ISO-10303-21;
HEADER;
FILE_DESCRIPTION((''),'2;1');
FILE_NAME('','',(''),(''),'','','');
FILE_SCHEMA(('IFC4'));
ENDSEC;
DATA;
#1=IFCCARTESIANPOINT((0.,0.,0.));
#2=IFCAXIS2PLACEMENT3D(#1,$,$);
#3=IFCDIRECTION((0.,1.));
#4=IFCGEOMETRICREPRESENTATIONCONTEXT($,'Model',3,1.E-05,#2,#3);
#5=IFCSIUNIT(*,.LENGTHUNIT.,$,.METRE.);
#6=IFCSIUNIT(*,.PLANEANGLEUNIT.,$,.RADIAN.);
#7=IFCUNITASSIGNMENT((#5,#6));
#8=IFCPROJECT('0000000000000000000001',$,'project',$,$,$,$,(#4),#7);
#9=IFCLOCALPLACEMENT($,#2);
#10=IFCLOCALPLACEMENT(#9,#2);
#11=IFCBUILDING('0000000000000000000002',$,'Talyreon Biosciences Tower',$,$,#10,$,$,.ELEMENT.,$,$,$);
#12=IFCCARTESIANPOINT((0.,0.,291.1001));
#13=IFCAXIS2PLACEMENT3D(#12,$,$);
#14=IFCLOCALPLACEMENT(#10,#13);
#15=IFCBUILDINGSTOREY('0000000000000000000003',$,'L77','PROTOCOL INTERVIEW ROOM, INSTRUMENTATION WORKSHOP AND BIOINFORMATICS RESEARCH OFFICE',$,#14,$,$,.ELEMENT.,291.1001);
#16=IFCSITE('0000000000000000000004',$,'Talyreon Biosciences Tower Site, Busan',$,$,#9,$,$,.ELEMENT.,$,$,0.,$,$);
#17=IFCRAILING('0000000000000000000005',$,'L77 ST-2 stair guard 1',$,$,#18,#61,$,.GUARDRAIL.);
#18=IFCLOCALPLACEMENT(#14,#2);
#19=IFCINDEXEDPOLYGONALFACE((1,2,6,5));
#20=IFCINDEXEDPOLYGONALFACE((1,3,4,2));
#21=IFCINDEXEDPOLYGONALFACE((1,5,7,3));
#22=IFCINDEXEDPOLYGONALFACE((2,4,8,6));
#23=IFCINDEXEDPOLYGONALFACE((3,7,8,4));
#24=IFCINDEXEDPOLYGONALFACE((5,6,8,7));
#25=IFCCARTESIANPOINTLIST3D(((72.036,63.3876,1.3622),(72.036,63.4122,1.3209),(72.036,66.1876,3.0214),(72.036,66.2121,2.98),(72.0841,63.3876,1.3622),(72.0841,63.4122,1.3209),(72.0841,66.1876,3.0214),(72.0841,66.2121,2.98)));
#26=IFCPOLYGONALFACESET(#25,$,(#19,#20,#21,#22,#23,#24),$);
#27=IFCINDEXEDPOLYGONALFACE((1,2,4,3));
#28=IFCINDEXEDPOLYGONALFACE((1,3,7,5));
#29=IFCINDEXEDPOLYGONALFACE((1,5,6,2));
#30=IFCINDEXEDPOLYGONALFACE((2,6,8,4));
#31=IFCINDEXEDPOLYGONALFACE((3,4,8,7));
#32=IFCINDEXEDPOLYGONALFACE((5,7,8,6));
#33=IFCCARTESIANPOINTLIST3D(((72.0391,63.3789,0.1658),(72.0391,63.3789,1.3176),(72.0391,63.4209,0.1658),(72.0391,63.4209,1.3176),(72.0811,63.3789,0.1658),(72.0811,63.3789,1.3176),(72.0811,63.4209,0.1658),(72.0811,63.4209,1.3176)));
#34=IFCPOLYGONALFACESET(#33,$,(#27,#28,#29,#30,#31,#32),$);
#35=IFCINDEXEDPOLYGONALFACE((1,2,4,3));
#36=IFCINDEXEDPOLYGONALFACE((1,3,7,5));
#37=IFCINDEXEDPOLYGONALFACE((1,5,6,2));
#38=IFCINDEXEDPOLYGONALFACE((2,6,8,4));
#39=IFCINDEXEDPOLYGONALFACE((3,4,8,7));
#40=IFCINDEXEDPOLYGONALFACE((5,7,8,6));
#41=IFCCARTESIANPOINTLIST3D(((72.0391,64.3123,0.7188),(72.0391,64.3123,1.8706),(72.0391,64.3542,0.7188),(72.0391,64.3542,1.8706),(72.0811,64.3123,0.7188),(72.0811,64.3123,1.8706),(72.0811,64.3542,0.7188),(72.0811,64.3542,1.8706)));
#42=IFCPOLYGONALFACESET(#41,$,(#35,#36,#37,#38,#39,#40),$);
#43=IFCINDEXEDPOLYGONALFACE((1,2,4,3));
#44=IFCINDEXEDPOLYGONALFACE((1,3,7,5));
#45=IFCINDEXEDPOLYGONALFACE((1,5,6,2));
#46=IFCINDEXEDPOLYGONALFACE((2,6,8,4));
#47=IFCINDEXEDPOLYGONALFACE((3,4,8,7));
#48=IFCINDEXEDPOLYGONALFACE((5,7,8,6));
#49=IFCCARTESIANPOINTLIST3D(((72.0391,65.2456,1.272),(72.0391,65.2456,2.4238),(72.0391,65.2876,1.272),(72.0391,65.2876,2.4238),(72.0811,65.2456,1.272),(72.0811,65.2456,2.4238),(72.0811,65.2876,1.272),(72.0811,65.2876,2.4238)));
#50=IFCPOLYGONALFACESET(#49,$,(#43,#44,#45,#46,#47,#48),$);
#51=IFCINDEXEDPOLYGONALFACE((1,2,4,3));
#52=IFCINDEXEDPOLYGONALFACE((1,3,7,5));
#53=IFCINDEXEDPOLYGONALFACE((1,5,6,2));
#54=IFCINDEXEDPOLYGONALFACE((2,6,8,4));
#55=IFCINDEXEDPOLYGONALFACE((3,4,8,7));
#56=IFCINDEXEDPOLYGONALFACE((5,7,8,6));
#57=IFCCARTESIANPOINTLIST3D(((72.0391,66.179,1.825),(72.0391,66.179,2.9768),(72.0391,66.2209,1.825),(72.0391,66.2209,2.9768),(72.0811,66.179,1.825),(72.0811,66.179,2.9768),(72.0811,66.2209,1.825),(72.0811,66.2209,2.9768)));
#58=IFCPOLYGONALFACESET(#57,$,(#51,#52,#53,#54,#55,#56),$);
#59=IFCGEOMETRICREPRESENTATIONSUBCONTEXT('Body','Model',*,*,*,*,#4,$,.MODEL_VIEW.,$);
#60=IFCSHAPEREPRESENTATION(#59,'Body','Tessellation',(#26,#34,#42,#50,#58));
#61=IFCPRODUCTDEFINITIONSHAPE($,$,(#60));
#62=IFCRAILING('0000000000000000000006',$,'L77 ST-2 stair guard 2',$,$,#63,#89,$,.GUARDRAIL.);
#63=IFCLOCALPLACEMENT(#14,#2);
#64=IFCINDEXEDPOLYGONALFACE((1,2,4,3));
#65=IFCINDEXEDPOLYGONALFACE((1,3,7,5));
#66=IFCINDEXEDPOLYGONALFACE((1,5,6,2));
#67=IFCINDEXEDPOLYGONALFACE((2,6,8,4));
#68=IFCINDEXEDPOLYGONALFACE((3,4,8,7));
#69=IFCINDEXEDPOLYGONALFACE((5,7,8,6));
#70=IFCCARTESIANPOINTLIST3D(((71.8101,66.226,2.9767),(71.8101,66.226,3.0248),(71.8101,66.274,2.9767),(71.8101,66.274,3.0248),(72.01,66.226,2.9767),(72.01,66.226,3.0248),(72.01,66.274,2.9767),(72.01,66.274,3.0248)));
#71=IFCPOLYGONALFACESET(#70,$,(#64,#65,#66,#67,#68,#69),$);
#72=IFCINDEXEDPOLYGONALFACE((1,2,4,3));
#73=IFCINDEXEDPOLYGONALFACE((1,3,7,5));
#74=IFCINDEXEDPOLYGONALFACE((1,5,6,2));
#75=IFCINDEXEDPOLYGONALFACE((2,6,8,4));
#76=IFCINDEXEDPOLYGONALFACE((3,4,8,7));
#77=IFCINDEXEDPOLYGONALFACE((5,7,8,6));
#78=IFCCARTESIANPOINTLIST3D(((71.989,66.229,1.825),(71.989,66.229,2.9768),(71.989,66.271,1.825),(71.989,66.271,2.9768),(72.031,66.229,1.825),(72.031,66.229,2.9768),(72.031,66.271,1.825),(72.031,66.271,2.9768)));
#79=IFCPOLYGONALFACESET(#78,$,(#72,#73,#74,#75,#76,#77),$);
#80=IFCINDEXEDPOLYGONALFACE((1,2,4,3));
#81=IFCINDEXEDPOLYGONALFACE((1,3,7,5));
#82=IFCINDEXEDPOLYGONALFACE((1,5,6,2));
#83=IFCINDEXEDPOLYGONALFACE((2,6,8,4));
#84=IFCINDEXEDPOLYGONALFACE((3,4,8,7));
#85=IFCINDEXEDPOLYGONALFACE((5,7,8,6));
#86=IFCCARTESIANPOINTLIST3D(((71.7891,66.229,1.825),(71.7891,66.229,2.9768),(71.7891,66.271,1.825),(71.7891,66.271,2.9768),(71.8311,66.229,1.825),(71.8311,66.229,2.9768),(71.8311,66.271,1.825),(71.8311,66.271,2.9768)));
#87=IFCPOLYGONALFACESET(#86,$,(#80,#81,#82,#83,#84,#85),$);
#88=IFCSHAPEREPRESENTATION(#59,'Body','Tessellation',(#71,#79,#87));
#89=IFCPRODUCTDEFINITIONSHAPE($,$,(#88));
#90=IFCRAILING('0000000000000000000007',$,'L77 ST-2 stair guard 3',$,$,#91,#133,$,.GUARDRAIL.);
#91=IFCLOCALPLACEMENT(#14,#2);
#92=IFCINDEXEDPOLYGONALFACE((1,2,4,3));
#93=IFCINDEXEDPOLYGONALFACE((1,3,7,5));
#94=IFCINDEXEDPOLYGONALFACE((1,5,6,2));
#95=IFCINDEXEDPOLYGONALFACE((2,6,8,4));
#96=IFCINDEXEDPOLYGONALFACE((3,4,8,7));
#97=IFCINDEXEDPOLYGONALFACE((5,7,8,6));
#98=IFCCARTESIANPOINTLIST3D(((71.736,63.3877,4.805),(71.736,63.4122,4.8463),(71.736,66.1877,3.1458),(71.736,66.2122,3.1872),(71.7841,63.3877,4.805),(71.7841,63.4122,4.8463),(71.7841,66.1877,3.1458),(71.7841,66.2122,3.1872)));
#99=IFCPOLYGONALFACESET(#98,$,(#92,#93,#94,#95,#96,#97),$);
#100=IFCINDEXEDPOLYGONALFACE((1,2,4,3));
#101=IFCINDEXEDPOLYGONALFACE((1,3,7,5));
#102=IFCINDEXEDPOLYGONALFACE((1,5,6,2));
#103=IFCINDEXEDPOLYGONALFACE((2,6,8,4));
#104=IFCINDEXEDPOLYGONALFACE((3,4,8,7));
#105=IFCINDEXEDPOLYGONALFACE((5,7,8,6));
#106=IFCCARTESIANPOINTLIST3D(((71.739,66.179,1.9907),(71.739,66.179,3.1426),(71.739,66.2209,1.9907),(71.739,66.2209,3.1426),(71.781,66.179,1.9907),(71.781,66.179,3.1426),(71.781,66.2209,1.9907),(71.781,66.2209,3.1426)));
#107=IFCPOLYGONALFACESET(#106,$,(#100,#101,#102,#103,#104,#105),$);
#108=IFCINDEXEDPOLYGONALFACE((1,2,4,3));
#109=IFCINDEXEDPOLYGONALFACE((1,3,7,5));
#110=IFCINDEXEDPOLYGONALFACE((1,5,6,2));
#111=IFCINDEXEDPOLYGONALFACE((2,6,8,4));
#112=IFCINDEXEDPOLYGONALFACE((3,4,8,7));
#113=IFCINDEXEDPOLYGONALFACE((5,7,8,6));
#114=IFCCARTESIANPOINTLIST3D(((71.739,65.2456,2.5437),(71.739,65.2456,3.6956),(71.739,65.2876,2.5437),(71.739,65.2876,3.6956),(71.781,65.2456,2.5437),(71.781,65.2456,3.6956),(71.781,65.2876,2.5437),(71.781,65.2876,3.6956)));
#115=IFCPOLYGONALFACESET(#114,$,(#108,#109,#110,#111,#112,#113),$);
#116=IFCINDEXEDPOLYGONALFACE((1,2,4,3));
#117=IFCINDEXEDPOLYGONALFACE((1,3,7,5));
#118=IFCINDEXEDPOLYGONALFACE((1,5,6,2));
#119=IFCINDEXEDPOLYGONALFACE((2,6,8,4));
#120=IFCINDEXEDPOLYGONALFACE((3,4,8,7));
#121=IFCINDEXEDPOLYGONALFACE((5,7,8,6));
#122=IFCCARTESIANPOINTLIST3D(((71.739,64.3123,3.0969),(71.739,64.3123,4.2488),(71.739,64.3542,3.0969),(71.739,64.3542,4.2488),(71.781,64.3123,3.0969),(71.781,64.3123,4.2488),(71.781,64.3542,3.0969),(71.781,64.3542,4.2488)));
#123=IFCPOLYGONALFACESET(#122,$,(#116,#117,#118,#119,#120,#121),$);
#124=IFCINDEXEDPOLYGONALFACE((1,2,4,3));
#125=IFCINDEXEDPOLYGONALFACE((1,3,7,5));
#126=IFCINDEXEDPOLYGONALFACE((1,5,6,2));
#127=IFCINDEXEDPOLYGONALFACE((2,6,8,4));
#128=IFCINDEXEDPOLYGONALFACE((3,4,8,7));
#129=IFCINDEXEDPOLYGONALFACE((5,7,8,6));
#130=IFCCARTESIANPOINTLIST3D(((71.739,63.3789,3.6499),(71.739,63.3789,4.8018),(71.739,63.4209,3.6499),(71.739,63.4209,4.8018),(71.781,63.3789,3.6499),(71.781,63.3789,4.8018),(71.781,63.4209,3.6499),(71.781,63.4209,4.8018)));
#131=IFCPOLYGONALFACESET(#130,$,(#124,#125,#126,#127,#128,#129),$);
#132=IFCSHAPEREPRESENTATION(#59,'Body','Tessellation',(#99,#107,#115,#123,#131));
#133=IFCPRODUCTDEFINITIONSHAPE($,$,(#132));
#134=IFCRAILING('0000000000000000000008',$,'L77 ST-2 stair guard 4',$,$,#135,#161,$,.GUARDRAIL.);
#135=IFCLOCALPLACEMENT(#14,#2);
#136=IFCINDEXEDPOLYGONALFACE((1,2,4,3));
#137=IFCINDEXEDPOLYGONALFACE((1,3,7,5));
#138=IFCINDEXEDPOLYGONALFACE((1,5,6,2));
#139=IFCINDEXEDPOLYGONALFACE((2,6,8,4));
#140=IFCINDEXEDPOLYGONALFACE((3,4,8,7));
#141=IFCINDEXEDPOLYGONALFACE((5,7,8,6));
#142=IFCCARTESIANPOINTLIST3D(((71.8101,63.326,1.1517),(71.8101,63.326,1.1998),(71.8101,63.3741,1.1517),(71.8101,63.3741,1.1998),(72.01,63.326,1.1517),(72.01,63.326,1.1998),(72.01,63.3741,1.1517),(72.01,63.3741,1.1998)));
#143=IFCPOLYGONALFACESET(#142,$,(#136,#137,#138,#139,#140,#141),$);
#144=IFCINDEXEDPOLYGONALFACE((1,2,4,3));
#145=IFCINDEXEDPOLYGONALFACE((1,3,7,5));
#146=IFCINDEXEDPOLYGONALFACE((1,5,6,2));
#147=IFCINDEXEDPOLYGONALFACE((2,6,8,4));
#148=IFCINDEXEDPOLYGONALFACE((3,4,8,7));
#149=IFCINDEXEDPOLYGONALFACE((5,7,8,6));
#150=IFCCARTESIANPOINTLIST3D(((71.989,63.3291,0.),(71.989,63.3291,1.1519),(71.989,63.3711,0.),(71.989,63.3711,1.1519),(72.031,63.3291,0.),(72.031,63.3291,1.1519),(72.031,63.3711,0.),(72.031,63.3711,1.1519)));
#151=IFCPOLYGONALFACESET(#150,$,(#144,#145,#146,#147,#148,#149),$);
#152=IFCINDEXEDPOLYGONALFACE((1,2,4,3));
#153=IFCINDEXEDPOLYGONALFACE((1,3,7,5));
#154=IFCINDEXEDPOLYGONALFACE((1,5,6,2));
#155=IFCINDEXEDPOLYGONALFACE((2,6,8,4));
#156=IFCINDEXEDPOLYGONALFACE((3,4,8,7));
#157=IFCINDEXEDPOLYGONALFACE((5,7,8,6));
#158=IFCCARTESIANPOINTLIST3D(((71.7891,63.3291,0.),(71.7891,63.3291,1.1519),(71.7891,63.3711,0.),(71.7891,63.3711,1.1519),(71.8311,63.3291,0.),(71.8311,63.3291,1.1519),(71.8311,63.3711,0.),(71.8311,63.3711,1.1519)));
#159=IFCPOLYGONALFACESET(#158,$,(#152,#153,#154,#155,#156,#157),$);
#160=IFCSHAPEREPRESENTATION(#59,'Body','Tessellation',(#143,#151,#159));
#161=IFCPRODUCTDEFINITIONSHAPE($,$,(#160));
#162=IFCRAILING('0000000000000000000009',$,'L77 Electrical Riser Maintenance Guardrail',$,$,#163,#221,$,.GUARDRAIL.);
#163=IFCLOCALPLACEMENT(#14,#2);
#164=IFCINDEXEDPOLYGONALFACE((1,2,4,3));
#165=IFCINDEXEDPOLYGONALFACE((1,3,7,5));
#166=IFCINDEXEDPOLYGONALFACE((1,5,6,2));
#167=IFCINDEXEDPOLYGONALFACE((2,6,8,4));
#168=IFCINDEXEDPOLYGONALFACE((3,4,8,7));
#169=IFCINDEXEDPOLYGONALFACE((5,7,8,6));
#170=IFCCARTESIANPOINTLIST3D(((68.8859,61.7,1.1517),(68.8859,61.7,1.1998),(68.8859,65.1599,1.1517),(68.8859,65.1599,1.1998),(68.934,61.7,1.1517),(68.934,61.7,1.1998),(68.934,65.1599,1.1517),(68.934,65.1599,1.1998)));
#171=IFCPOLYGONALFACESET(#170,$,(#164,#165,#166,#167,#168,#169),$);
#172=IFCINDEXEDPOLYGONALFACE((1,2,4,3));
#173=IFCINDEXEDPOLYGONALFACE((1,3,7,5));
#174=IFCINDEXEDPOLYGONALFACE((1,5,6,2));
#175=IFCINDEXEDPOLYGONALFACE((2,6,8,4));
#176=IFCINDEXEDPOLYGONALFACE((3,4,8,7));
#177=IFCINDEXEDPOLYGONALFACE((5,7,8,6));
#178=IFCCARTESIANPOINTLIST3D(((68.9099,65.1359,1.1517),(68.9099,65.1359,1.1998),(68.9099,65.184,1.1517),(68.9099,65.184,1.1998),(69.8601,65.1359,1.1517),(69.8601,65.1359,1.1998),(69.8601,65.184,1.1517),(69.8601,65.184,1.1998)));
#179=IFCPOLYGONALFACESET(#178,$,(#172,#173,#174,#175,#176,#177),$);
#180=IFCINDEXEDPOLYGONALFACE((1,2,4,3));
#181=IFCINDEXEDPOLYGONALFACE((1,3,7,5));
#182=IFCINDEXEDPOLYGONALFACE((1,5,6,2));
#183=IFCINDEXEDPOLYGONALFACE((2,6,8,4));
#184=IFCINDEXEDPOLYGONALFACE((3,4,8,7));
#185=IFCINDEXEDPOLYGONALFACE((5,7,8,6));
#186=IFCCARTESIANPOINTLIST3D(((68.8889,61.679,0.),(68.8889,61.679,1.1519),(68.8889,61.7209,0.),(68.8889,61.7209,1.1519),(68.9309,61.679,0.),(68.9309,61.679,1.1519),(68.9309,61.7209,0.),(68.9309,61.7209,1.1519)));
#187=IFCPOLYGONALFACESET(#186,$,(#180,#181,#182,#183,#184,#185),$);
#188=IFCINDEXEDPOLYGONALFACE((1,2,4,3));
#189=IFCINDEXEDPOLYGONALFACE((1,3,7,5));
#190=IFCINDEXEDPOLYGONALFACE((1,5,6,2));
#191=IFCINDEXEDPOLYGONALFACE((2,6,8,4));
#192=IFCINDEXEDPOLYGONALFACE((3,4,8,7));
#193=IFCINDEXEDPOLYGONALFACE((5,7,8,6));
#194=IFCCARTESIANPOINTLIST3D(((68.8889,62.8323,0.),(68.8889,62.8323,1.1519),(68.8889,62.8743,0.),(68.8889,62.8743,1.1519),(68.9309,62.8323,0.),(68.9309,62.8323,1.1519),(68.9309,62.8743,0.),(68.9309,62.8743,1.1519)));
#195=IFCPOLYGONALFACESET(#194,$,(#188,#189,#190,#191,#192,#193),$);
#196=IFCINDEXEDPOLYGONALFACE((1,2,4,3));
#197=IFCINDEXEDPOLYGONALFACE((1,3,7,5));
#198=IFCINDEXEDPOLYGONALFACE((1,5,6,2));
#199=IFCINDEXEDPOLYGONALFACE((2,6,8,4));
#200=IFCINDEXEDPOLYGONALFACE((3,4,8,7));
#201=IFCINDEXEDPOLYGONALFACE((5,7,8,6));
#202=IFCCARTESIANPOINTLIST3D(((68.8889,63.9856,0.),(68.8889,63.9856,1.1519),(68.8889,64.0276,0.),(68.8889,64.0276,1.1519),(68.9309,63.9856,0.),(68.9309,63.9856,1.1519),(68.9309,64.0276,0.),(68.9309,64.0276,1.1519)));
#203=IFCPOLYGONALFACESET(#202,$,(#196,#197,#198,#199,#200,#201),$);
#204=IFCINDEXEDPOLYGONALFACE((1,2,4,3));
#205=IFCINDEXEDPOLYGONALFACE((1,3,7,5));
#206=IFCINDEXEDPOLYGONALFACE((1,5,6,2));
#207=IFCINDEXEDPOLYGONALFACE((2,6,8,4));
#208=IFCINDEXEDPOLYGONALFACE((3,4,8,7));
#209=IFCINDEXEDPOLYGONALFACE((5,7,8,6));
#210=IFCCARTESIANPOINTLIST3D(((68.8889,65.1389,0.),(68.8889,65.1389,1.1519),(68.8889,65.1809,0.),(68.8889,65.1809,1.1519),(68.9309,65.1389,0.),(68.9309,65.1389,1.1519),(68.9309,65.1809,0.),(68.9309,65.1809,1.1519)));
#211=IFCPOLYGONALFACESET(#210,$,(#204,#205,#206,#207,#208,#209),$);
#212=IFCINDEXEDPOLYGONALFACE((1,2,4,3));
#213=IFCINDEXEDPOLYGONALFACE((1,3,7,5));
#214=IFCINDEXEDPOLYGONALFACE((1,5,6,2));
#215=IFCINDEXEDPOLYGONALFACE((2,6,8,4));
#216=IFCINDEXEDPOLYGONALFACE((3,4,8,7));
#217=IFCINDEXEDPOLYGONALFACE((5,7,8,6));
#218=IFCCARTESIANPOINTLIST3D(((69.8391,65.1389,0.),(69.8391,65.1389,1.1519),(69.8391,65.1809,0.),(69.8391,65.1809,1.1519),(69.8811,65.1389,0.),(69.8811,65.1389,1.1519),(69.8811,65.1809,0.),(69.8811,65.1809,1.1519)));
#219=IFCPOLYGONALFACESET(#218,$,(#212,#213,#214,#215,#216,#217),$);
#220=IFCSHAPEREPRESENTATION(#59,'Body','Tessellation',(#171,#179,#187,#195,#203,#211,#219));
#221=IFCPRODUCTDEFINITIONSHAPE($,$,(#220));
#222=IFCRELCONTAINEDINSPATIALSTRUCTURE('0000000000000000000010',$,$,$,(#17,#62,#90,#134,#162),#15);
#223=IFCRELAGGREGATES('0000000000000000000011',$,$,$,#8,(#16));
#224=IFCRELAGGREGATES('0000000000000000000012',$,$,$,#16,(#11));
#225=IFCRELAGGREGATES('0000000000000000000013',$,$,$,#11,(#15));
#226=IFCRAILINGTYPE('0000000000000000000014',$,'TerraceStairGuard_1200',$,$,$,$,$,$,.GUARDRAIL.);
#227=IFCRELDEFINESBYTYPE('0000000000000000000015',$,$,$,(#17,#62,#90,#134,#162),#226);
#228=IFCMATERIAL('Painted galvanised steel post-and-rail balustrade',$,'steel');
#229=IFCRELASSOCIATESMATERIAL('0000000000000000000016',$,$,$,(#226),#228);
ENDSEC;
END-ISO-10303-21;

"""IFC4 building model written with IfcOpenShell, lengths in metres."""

from ifc_helpers import new_model, si_unit, direction, frame, origin, origin_2d, place, context, subcontext, project, spatial, rectangle, extrude, material, type_object, element, save


model = new_model("IFC4")

# Units and contexts
model_context = context("Model", 3, precision=1e-05, world=origin(), true_north=direction((0.0, 1.0)))
body_context = subcontext(model_context, "Body", "Model", "MODEL_VIEW")
ifc_project = project(units=[si_unit("LENGTHUNIT", "METRE"), si_unit("PLANEANGLEUNIT", "RADIAN")], contexts=[model_context])

# Site, building, storey
site_placement = place(None, origin())
site = spatial("IfcSite", under=ifc_project, at=site_placement, Name="Talyreon Biosciences Tower Site, Busan", CompositionType="ELEMENT", RefElevation=0.0)
building_placement = place(site_placement, origin())
building = spatial("IfcBuilding", under=site, at=building_placement, Name="Talyreon Biosciences Tower", CompositionType="ELEMENT")
storey_placement = place(building_placement, frame((0.0, 0.0, 291.1001)))
storey = spatial("IfcBuildingStorey", under=building, at=storey_placement, Name="L77", Description="PROTOCOL INTERVIEW ROOM, INSTRUMENTATION WORKSHOP AND BIOINFORMATICS RESEARCH OFFICE", CompositionType="ELEMENT", Elevation=291.1001)

# Railings
ifc_material_1 = material(Name="Painted galvanised steel post-and-rail balustrade", Category="steel")
railing_type_1 = type_object("IfcRailingType", Name="TerraceStairGuard_1200", PredefinedType="GUARDRAIL", material=ifc_material_1)
railing_1_placement = place(storey_placement, frame((72.0601, 63.3999, 0.1658)))
element("IfcRailing", 1, at=railing_1_placement, inside=storey, type_object=railing_type_1, Name="L77 ST-2 stair guard 1", PredefinedType="GUARDRAIL", context=body_context, shape_type="SweptSolid", body=[
    extrude(rectangle(XDim=0.0481, YDim=0.0481, at=origin_2d()), frame((0.0, 0.0, 1.1758), z_axis=(0.0, 0.860306, 0.509778), x_axis=(-1.0, 0.0, 0.0)), (0.0, 0.0, 1.0), 3.2546),
    extrude(rectangle(XDim=0.042, YDim=0.042, at=origin_2d()), origin(), (0.0, 0.0, 1.0), 1.1519),
    extrude(rectangle(XDim=0.042, YDim=0.042, at=origin_2d()), frame((0.0, 0.9333, 0.553)), (0.0, 0.0, 1.0), 1.1519),
    extrude(rectangle(XDim=0.042, YDim=0.042, at=origin_2d()), frame((0.0, 1.8667, 1.1062)), (0.0, 0.0, 1.0), 1.1519),
    extrude(rectangle(XDim=0.042, YDim=0.042, at=origin_2d()), frame((0.0, 2.8, 1.6592)), (0.0, 0.0, 1.0), 1.1519),
])
railing_2_placement = place(storey_placement, frame((72.01, 66.25, 1.825)))
element("IfcRailing", 2, at=railing_2_placement, inside=storey, type_object=railing_type_1, Name="L77 ST-2 stair guard 2", PredefinedType="GUARDRAIL", context=body_context, shape_type="SweptSolid", body=[
    extrude(rectangle(XDim=0.0481, YDim=0.0481, at=origin_2d()), frame((0.0, 0.0, 1.1758), z_axis=(-1.0, 0.0, 0.0), x_axis=(0.0, -1.0, 0.0)), (0.0, 0.0, 1.0), 0.2),
    extrude(rectangle(XDim=0.042, YDim=0.042, at=origin_2d()), origin(), (0.0, 0.0, 1.0), 1.1519),
    extrude(rectangle(XDim=0.042, YDim=0.042, at=origin_2d()), frame((-0.2, 0.0, 0.0)), (0.0, 0.0, 1.0), 1.1519),
])
railing_3_placement = place(storey_placement, frame((71.76, 66.2, 1.9907)))
element("IfcRailing", 3, at=railing_3_placement, inside=storey, type_object=railing_type_1, Name="L77 ST-2 stair guard 3", PredefinedType="GUARDRAIL", context=body_context, shape_type="SweptSolid", body=[
    extrude(rectangle(XDim=0.0481, YDim=0.0481, at=origin_2d()), frame((0.0, 0.0, 1.1758), z_axis=(0.0, -0.860306, 0.509778), x_axis=(1.0, 0.0, 0.0)), (0.0, 0.0, 1.0), 3.2546),
    extrude(rectangle(XDim=0.042, YDim=0.042, at=origin_2d()), origin(), (0.0, 0.0, 1.0), 1.1519),
    extrude(rectangle(XDim=0.042, YDim=0.042, at=origin_2d()), frame((0.0, -0.9333, 0.553)), (0.0, 0.0, 1.0), 1.1519),
    extrude(rectangle(XDim=0.042, YDim=0.042, at=origin_2d()), frame((0.0, -1.8667, 1.1062)), (0.0, 0.0, 1.0), 1.1519),
    extrude(rectangle(XDim=0.042, YDim=0.042, at=origin_2d()), frame((0.0, -2.8, 1.6592)), (0.0, 0.0, 1.0), 1.1519),
])
railing_4_placement = place(storey_placement, frame((72.01, 63.3501, 0.0)))
element("IfcRailing", 4, at=railing_4_placement, inside=storey, type_object=railing_type_1, Name="L77 ST-2 stair guard 4", PredefinedType="GUARDRAIL", context=body_context, shape_type="SweptSolid", body=[
    extrude(rectangle(XDim=0.0481, YDim=0.0481, at=origin_2d()), frame((0.0, 0.0, 1.1758), z_axis=(-1.0, 0.0, 0.0), x_axis=(0.0, -1.0, 0.0)), (0.0, 0.0, 1.0), 0.2),
    extrude(rectangle(XDim=0.042, YDim=0.042, at=origin_2d()), origin(), (0.0, 0.0, 1.0), 1.1519),
    extrude(rectangle(XDim=0.042, YDim=0.042, at=origin_2d()), frame((-0.2, 0.0, 0.0)), (0.0, 0.0, 1.0), 1.1519),
])
railing_5_placement = place(storey_placement, frame((68.9099, 61.7, 0.0)))
element("IfcRailing", 5, at=railing_5_placement, inside=storey, type_object=railing_type_1, Name="L77 Electrical Riser Maintenance Guardrail", PredefinedType="GUARDRAIL", context=body_context, shape_type="SweptSolid", body=[
    extrude(rectangle(XDim=0.0481, YDim=0.0481, at=origin_2d()), frame((0.0, 0.0, 1.1758), z_axis=(0.0, 1.0, 0.0), x_axis=(-1.0, 0.0, 0.0)), (0.0, 0.0, 1.0), 3.46),
    extrude(rectangle(XDim=0.0481, YDim=0.0481, at=origin_2d()), frame((0.0, 3.46, 1.1758), z_axis=(1.0, 0.0, 0.0), x_axis=(0.0, 1.0, 0.0)), (0.0, 0.0, 1.0), 0.9502),
    extrude(rectangle(XDim=0.042, YDim=0.042, at=origin_2d()), origin(), (0.0, 0.0, 1.0), 1.1519),
    extrude(rectangle(XDim=0.042, YDim=0.042, at=origin_2d()), frame((0.0, 1.1533, 0.0)), (0.0, 0.0, 1.0), 1.1519),
    extrude(rectangle(XDim=0.042, YDim=0.042, at=origin_2d()), frame((0.0, 2.3066, 0.0)), (0.0, 0.0, 1.0), 1.1519),
    extrude(rectangle(XDim=0.042, YDim=0.042, at=origin_2d()), frame((0.0, 3.46, 0.0)), (0.0, 0.0, 1.0), 1.1519),
    extrude(rectangle(XDim=0.042, YDim=0.042, at=origin_2d()), frame((0.9502, 3.46, 0.0)), (0.0, 0.0, 1.0), 1.1519),
])

save(model, "model.ifc")
